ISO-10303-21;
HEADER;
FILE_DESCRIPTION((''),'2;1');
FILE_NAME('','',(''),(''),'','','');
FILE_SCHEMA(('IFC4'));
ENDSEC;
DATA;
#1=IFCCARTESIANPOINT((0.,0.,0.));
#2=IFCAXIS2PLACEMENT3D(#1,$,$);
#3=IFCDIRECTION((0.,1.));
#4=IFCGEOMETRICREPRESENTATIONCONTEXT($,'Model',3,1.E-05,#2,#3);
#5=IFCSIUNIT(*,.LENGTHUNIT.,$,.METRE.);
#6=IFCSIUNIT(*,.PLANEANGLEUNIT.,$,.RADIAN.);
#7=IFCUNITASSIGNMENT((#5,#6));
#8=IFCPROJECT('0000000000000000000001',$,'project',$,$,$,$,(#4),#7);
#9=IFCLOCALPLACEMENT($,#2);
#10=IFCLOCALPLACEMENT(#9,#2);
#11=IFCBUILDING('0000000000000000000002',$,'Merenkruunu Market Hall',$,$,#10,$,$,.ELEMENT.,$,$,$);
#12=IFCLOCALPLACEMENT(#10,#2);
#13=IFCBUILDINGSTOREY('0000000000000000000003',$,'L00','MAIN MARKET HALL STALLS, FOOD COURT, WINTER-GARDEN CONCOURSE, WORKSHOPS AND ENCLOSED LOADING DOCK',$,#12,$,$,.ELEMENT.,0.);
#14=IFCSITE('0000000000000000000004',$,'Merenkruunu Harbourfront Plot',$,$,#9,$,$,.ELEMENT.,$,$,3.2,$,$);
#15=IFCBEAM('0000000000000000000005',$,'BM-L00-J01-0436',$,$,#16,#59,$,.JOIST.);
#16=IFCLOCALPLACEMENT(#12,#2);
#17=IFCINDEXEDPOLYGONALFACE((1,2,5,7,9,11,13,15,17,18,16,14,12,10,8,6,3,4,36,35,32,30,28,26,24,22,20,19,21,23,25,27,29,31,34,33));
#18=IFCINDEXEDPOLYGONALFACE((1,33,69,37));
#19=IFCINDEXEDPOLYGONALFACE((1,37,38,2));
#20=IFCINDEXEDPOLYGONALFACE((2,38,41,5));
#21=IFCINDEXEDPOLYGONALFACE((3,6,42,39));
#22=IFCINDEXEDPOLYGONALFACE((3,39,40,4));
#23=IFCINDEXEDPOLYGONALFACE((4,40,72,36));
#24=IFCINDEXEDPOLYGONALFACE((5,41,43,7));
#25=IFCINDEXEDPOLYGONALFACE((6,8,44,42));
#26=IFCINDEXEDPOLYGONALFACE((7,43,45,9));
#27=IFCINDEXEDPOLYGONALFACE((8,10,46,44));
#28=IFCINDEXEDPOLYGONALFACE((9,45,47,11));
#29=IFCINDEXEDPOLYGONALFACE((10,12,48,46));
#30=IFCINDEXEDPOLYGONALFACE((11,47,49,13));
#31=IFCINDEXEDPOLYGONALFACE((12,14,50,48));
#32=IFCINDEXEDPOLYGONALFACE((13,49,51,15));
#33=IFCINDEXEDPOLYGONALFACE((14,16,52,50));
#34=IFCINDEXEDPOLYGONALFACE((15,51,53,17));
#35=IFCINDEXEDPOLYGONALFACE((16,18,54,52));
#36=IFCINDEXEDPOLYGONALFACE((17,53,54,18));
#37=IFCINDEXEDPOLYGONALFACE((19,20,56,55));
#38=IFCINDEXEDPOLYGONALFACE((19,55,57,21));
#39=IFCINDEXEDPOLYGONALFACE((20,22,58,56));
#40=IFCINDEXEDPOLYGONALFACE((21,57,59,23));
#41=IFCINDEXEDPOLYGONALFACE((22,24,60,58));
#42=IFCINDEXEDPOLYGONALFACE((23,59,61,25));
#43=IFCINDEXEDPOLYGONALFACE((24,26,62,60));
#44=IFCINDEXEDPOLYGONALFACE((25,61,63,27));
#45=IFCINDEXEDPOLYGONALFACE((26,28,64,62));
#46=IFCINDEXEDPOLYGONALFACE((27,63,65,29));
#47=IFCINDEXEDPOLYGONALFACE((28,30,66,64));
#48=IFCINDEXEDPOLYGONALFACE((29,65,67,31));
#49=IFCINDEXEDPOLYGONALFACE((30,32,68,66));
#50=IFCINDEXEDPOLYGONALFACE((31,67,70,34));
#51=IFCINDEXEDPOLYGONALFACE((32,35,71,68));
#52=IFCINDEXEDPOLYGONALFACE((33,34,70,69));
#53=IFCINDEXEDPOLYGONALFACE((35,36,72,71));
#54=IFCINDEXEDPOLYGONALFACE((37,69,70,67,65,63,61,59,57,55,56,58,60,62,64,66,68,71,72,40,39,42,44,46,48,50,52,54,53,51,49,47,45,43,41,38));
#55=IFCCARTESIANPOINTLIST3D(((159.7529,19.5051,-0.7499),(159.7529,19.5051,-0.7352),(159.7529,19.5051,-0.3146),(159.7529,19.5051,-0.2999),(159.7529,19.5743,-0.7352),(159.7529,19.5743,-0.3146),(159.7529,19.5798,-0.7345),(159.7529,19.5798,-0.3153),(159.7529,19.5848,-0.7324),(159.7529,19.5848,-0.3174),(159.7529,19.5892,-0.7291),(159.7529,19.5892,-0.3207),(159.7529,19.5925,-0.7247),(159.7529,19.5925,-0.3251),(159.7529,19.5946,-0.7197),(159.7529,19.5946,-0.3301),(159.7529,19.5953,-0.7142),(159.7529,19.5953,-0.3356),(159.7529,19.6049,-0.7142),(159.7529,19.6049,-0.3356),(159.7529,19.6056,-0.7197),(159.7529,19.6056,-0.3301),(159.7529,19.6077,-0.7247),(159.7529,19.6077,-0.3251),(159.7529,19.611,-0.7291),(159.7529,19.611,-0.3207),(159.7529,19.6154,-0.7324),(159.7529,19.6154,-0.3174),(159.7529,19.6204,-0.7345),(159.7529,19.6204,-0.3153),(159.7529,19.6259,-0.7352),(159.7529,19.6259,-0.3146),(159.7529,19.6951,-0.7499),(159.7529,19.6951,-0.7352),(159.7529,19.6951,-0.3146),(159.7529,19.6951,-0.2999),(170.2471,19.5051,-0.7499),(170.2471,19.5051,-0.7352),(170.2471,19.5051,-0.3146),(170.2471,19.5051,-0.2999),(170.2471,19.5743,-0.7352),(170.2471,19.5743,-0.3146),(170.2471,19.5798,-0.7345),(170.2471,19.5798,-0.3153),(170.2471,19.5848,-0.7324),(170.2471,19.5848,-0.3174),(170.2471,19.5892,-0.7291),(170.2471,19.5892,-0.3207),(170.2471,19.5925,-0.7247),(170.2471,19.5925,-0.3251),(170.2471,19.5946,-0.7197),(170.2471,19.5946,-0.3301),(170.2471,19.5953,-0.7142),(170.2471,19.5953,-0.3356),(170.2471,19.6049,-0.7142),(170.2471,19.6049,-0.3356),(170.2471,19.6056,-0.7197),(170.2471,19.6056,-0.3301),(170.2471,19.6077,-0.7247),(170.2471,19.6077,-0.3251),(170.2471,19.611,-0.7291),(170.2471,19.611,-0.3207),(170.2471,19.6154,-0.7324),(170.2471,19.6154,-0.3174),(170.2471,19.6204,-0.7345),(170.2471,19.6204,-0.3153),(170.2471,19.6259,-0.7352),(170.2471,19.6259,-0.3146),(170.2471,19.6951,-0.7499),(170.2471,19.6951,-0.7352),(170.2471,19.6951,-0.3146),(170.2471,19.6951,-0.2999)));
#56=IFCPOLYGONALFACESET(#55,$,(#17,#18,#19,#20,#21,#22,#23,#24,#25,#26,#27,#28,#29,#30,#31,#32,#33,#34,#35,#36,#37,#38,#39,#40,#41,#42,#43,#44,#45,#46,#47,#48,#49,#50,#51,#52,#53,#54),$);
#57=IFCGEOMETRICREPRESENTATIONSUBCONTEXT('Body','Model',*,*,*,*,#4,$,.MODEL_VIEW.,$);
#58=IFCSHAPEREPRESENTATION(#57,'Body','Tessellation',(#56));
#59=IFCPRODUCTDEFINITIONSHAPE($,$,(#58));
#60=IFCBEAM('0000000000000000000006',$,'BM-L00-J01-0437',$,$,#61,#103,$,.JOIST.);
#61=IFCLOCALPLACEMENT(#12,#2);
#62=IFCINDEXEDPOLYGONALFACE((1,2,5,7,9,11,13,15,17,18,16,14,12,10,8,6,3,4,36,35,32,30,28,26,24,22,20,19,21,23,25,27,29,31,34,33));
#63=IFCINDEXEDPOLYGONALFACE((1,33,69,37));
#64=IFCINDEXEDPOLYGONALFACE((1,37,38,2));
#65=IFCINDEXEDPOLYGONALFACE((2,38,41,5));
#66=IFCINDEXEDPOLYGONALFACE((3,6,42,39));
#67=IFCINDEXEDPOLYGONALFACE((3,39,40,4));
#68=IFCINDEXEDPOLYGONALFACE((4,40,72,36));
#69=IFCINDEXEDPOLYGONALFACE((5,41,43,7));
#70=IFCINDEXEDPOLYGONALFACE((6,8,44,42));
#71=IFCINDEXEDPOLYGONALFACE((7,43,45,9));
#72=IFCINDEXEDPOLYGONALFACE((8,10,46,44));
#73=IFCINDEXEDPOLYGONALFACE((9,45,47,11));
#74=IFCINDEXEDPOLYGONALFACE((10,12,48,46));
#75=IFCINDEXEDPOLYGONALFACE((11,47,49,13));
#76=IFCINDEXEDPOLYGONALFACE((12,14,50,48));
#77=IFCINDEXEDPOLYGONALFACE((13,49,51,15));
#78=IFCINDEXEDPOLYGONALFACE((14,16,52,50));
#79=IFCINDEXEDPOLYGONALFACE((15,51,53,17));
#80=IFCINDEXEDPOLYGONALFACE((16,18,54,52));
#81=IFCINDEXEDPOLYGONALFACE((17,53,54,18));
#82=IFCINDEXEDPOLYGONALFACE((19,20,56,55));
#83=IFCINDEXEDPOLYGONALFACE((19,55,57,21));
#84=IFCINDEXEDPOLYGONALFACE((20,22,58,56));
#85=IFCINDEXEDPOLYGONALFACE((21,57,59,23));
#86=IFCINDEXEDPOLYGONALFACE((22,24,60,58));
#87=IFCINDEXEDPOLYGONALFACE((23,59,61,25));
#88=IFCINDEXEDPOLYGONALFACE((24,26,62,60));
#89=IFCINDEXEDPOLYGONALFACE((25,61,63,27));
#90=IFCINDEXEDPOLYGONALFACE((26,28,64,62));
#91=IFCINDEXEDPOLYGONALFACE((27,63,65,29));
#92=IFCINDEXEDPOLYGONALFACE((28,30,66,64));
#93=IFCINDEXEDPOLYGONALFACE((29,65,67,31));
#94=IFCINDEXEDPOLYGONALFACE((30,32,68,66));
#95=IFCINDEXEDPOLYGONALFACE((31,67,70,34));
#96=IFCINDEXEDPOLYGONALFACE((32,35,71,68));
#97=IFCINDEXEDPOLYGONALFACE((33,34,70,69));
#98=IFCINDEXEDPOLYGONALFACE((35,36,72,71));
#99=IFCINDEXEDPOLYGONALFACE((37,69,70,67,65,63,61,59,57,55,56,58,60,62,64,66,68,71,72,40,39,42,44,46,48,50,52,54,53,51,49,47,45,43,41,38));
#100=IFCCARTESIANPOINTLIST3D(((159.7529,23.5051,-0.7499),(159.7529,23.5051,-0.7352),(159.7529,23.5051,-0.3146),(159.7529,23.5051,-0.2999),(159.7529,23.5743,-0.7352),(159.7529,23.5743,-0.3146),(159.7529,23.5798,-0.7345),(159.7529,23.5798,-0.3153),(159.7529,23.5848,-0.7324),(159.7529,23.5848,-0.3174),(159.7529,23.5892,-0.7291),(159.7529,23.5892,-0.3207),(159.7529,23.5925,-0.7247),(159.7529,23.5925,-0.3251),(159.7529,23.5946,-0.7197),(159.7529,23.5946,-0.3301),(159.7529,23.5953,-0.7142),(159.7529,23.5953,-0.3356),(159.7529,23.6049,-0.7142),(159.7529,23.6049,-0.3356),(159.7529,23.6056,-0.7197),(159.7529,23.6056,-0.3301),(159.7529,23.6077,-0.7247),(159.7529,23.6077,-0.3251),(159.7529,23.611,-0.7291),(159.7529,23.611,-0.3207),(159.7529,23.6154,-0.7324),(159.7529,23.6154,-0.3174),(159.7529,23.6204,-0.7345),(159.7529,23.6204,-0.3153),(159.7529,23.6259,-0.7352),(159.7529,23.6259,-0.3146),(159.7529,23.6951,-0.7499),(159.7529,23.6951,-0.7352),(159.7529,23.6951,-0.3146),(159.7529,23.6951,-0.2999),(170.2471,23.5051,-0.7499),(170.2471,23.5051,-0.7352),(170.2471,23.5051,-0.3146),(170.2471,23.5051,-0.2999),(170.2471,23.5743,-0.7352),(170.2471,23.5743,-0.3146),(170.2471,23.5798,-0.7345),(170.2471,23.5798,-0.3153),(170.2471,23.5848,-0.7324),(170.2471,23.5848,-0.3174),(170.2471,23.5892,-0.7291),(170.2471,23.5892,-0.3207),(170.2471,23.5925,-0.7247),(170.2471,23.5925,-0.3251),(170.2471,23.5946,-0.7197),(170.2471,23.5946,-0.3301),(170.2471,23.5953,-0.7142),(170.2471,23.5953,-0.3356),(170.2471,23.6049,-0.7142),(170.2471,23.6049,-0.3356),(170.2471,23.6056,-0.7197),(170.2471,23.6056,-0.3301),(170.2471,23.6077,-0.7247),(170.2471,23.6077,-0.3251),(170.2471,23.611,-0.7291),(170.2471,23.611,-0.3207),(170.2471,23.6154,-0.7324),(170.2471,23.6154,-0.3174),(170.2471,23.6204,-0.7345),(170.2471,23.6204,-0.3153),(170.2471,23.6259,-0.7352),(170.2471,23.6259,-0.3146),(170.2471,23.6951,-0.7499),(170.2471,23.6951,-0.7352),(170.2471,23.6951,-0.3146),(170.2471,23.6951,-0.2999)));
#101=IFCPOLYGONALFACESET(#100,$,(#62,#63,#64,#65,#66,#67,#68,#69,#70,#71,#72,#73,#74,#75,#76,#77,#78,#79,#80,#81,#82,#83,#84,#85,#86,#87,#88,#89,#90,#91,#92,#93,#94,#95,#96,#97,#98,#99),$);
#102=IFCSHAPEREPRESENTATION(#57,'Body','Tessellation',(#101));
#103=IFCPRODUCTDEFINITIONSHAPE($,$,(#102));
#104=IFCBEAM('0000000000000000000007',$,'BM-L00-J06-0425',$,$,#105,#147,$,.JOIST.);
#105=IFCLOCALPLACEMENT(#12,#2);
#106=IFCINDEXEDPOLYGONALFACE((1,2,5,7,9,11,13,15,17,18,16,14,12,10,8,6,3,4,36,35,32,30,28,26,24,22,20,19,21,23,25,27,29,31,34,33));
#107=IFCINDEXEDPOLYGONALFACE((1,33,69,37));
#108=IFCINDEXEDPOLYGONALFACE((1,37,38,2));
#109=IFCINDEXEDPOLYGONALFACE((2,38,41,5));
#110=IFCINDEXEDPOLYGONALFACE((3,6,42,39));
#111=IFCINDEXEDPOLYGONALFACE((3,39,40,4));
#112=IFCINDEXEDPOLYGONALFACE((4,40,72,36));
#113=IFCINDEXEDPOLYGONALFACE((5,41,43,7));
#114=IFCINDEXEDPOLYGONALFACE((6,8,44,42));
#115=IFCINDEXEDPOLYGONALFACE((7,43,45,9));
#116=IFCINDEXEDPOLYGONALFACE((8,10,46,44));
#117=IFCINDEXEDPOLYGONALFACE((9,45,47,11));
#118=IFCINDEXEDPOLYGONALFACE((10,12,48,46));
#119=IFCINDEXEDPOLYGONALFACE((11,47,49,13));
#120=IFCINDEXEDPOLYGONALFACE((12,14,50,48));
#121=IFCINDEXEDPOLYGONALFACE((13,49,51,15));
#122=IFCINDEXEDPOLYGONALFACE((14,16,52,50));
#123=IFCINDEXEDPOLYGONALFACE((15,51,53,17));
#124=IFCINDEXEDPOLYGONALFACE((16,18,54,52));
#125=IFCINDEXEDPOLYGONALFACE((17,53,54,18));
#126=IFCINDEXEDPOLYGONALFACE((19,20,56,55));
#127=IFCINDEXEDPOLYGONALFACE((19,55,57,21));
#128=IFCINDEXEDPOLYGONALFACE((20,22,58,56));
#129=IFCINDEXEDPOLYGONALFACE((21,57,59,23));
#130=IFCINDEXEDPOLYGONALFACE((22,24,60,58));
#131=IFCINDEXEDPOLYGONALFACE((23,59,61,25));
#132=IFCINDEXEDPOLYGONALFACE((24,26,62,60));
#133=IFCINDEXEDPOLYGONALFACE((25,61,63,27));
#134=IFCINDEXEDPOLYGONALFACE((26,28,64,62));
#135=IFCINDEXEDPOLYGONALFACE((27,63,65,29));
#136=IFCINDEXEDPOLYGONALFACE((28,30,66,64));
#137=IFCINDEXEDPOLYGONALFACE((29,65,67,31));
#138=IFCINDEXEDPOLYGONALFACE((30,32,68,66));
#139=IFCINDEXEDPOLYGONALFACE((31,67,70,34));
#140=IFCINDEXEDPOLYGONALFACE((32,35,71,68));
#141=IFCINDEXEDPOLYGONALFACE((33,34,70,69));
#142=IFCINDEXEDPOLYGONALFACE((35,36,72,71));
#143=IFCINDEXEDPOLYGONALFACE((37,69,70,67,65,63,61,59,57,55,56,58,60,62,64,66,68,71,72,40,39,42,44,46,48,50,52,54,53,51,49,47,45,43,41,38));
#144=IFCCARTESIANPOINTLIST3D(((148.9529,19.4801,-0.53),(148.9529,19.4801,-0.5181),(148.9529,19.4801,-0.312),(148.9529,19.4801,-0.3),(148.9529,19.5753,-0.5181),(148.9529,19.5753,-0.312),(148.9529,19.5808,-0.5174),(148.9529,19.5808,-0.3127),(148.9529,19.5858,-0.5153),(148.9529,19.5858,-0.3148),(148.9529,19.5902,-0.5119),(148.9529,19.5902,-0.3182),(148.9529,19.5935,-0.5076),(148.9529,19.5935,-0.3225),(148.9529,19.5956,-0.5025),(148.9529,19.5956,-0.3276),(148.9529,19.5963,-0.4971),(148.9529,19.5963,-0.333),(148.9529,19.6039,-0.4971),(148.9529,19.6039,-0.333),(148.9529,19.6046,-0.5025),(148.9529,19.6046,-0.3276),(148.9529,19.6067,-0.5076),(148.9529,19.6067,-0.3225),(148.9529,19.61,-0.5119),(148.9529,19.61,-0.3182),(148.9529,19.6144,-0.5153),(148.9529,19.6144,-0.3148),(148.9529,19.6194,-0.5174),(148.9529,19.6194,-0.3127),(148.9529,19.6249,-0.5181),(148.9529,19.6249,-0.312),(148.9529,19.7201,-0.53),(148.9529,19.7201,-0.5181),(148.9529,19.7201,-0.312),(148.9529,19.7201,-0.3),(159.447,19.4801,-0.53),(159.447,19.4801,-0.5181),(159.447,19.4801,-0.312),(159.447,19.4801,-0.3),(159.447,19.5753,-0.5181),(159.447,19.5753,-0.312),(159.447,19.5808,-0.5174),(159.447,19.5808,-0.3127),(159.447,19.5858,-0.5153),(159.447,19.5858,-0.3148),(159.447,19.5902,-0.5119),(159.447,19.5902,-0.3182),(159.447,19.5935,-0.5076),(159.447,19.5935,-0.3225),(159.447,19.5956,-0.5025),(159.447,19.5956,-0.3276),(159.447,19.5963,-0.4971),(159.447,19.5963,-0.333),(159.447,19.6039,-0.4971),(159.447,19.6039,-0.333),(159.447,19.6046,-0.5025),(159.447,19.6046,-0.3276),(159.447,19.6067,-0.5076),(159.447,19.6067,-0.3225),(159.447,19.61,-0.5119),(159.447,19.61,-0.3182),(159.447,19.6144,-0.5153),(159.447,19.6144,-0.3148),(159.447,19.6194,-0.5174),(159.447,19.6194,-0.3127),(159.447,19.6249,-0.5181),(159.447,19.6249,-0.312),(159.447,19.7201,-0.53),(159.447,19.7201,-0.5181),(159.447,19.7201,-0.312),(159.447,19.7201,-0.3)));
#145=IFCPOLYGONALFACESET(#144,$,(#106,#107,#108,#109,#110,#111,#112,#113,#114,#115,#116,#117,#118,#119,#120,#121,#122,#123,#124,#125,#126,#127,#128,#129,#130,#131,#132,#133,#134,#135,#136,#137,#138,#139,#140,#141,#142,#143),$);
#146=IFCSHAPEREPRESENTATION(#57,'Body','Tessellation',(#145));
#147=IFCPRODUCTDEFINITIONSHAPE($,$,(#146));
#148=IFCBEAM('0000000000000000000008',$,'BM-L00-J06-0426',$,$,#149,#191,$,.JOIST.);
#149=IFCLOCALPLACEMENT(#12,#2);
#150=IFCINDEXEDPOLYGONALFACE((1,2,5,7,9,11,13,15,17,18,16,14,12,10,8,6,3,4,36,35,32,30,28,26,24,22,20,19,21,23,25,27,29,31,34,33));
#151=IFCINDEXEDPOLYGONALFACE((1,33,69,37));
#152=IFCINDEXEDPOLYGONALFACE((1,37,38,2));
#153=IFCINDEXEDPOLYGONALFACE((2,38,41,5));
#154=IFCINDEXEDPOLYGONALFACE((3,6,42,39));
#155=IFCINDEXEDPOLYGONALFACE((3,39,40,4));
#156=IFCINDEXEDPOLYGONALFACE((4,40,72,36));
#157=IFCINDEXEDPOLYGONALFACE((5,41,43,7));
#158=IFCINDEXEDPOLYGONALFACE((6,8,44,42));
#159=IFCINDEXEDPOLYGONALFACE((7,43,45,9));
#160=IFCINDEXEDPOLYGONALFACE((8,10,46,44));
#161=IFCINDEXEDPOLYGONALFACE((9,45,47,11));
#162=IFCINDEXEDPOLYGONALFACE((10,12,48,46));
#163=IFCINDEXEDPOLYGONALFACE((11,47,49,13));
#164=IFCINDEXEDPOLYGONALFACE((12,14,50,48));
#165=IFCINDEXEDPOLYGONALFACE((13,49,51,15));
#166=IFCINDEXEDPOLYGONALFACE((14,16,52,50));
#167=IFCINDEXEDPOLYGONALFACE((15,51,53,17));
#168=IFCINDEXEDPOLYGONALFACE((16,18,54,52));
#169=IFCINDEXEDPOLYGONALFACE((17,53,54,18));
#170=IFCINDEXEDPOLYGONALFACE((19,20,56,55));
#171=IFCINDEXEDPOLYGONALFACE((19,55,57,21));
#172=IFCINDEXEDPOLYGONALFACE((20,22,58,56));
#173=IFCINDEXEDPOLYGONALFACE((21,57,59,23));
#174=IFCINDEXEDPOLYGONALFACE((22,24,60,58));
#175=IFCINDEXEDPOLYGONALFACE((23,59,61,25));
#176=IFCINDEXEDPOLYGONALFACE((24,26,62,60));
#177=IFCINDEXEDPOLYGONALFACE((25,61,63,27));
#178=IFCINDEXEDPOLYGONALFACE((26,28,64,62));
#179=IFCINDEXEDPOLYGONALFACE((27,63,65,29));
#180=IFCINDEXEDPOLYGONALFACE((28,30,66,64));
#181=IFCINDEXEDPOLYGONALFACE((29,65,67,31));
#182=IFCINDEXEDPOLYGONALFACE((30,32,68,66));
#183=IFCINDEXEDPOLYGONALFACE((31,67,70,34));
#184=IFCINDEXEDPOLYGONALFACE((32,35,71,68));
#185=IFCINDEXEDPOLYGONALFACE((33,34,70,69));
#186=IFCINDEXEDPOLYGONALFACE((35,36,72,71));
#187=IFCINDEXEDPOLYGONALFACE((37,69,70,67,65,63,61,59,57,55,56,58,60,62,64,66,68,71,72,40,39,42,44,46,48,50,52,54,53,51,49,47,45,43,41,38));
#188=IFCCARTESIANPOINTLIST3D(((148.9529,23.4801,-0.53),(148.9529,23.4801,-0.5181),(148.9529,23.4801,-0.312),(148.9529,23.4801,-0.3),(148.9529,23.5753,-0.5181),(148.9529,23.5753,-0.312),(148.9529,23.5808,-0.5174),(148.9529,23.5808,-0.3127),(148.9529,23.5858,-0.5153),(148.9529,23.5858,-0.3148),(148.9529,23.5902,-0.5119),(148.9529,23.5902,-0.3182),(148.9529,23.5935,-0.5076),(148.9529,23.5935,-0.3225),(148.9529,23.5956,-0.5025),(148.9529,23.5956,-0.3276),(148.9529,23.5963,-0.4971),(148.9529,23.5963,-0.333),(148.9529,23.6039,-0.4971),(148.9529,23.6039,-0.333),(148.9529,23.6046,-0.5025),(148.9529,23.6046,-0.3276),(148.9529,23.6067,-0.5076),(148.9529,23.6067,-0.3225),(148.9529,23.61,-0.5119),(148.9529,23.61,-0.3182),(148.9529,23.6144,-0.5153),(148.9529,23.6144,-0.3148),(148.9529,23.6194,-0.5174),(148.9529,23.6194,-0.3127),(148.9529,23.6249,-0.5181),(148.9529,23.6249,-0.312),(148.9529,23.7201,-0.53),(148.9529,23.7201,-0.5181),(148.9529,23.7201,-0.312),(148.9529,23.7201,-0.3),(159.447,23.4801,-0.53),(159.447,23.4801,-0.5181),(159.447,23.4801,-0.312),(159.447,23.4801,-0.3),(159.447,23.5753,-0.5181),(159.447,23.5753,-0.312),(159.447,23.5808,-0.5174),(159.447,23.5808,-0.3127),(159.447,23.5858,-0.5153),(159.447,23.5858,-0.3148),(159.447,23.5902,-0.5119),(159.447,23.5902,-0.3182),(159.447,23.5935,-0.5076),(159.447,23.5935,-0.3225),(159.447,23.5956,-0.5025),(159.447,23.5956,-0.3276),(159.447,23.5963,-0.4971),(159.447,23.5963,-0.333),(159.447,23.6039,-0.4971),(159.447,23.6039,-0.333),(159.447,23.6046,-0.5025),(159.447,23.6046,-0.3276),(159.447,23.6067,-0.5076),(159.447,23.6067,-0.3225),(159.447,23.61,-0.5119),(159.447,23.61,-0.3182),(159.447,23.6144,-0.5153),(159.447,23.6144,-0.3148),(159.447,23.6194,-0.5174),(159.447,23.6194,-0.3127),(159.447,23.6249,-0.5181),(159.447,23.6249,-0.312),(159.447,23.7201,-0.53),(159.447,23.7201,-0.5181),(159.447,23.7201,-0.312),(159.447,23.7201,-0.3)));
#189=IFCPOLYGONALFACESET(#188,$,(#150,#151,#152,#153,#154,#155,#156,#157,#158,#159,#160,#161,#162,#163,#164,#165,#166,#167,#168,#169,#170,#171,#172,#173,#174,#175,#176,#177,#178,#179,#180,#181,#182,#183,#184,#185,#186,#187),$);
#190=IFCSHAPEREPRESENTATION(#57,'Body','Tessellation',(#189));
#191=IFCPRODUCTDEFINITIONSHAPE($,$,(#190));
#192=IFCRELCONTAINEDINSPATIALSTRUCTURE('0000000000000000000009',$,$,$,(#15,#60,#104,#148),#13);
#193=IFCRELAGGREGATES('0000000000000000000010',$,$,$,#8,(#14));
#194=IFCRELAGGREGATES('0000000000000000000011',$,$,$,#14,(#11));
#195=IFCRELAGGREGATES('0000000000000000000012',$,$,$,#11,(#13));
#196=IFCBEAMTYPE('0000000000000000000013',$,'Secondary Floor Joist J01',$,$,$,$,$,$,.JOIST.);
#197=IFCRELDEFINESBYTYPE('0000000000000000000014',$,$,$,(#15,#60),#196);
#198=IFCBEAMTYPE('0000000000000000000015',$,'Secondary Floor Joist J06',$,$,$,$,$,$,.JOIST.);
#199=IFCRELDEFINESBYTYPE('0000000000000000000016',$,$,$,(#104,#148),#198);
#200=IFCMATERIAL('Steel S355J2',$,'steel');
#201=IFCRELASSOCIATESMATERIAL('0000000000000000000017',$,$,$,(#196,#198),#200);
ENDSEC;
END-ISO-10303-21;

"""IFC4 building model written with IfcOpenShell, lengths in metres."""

from ifc_helpers import new_model, si_unit, direction, frame, origin, origin_2d, place, context, subcontext, project, spatial, i_section, extrude, material, material_profile, profile_set, type_object, element, save


model = new_model("IFC4")

# Units and contexts
model_context = context("Model", 3, precision=1e-05, world=origin(), true_north=direction((0.0, 1.0)))
body_context = subcontext(model_context, "Body", "Model", "MODEL_VIEW")
ifc_project = project(units=[si_unit("LENGTHUNIT", "METRE"), si_unit("PLANEANGLEUNIT", "RADIAN")], contexts=[model_context])

# Site, building, storey
site_placement = place(None, origin())
site = spatial("IfcSite", under=ifc_project, at=site_placement, Name="Merenkruunu Harbourfront Plot", CompositionType="ELEMENT", RefElevation=3.2)
building_placement = place(site_placement, origin())
building = spatial("IfcBuilding", under=site, at=building_placement, Name="Merenkruunu Market Hall", CompositionType="ELEMENT")
storey_placement = place(building_placement, origin())
storey = spatial("IfcBuildingStorey", under=building, at=storey_placement, Name="L00", Description="MAIN MARKET HALL STALLS, FOOD COURT, WINTER-GARDEN CONCOURSE, WORKSHOPS AND ENCLOSED LOADING DOCK", CompositionType="ELEMENT", Elevation=0.0)

# Shared definitions
ifc_material_1 = material(Name="Steel S355J2", Category="steel")

# Beams
ifc_material_profile_1 = material_profile(ifc_material_1, i_section(OverallWidth=0.1899, OverallDepth=0.45, WebThickness=0.0095, FlangeThickness=0.0146, FilletRadius=0.021, at=origin_2d()), Name="IPE 450")
ifc_profile_set_1 = profile_set([ifc_material_profile_1], Name="Steel S355J2")
beam_type_1 = type_object("IfcBeamType", Name="Secondary Floor Joist J01", PredefinedType="JOIST", material=ifc_profile_set_1)
for number, where, z_axis, x_axis, name in (
    (1, (159.7529, 19.6001, -0.5249), (1.0, 0.0, 0.0), (0.0, 1.0, 0.0), "BM-L00-J01-0436"),
    (2, (159.7529, 23.6001, -0.5249), (1.0, 0.0, 0.0), (0.0, 1.0, 0.0), "BM-L00-J01-0437"),
):
    element("IfcBeam", number, at=place(storey_placement, frame(where, z_axis=z_axis, x_axis=x_axis)), inside=storey, type_object=beam_type_1, Name=name, PredefinedType="JOIST", context=body_context, shape_type="SweptSolid", body=[
        extrude(i_section(OverallWidth=0.1899, OverallDepth=0.45, WebThickness=0.0095, FlangeThickness=0.0146, FilletRadius=0.021, at=origin_2d()), origin(), (0.0, 0.0, 1.0), 10.4941),
    ])
ifc_material_profile_2 = material_profile(ifc_material_1, i_section(OverallWidth=0.24, OverallDepth=0.23, WebThickness=0.0076, FlangeThickness=0.012, FilletRadius=0.021, at=origin_2d()), Name="HEA 240")
ifc_profile_set_2 = profile_set([ifc_material_profile_2], Name="Steel S355J2")
beam_type_2 = type_object("IfcBeamType", Name="Secondary Floor Joist J06", PredefinedType="JOIST", material=ifc_profile_set_2)
for number, where, z_axis, x_axis, name in (
    (3, (148.9529, 19.6001, -0.415), (1.0, 0.0, 0.0), (0.0, 1.0, 0.0), "BM-L00-J06-0425"),
    (4, (148.9529, 23.6001, -0.415), (1.0, 0.0, 0.0), (0.0, 1.0, 0.0), "BM-L00-J06-0426"),
):
    element("IfcBeam", number, at=place(storey_placement, frame(where, z_axis=z_axis, x_axis=x_axis)), inside=storey, type_object=beam_type_2, Name=name, PredefinedType="JOIST", context=body_context, shape_type="SweptSolid", body=[
        extrude(i_section(OverallWidth=0.24, OverallDepth=0.23, WebThickness=0.0076, FlangeThickness=0.012, FilletRadius=0.021, at=origin_2d()), origin(), (0.0, 0.0, 1.0), 10.4941),
    ])

save(model, "model.ifc")
